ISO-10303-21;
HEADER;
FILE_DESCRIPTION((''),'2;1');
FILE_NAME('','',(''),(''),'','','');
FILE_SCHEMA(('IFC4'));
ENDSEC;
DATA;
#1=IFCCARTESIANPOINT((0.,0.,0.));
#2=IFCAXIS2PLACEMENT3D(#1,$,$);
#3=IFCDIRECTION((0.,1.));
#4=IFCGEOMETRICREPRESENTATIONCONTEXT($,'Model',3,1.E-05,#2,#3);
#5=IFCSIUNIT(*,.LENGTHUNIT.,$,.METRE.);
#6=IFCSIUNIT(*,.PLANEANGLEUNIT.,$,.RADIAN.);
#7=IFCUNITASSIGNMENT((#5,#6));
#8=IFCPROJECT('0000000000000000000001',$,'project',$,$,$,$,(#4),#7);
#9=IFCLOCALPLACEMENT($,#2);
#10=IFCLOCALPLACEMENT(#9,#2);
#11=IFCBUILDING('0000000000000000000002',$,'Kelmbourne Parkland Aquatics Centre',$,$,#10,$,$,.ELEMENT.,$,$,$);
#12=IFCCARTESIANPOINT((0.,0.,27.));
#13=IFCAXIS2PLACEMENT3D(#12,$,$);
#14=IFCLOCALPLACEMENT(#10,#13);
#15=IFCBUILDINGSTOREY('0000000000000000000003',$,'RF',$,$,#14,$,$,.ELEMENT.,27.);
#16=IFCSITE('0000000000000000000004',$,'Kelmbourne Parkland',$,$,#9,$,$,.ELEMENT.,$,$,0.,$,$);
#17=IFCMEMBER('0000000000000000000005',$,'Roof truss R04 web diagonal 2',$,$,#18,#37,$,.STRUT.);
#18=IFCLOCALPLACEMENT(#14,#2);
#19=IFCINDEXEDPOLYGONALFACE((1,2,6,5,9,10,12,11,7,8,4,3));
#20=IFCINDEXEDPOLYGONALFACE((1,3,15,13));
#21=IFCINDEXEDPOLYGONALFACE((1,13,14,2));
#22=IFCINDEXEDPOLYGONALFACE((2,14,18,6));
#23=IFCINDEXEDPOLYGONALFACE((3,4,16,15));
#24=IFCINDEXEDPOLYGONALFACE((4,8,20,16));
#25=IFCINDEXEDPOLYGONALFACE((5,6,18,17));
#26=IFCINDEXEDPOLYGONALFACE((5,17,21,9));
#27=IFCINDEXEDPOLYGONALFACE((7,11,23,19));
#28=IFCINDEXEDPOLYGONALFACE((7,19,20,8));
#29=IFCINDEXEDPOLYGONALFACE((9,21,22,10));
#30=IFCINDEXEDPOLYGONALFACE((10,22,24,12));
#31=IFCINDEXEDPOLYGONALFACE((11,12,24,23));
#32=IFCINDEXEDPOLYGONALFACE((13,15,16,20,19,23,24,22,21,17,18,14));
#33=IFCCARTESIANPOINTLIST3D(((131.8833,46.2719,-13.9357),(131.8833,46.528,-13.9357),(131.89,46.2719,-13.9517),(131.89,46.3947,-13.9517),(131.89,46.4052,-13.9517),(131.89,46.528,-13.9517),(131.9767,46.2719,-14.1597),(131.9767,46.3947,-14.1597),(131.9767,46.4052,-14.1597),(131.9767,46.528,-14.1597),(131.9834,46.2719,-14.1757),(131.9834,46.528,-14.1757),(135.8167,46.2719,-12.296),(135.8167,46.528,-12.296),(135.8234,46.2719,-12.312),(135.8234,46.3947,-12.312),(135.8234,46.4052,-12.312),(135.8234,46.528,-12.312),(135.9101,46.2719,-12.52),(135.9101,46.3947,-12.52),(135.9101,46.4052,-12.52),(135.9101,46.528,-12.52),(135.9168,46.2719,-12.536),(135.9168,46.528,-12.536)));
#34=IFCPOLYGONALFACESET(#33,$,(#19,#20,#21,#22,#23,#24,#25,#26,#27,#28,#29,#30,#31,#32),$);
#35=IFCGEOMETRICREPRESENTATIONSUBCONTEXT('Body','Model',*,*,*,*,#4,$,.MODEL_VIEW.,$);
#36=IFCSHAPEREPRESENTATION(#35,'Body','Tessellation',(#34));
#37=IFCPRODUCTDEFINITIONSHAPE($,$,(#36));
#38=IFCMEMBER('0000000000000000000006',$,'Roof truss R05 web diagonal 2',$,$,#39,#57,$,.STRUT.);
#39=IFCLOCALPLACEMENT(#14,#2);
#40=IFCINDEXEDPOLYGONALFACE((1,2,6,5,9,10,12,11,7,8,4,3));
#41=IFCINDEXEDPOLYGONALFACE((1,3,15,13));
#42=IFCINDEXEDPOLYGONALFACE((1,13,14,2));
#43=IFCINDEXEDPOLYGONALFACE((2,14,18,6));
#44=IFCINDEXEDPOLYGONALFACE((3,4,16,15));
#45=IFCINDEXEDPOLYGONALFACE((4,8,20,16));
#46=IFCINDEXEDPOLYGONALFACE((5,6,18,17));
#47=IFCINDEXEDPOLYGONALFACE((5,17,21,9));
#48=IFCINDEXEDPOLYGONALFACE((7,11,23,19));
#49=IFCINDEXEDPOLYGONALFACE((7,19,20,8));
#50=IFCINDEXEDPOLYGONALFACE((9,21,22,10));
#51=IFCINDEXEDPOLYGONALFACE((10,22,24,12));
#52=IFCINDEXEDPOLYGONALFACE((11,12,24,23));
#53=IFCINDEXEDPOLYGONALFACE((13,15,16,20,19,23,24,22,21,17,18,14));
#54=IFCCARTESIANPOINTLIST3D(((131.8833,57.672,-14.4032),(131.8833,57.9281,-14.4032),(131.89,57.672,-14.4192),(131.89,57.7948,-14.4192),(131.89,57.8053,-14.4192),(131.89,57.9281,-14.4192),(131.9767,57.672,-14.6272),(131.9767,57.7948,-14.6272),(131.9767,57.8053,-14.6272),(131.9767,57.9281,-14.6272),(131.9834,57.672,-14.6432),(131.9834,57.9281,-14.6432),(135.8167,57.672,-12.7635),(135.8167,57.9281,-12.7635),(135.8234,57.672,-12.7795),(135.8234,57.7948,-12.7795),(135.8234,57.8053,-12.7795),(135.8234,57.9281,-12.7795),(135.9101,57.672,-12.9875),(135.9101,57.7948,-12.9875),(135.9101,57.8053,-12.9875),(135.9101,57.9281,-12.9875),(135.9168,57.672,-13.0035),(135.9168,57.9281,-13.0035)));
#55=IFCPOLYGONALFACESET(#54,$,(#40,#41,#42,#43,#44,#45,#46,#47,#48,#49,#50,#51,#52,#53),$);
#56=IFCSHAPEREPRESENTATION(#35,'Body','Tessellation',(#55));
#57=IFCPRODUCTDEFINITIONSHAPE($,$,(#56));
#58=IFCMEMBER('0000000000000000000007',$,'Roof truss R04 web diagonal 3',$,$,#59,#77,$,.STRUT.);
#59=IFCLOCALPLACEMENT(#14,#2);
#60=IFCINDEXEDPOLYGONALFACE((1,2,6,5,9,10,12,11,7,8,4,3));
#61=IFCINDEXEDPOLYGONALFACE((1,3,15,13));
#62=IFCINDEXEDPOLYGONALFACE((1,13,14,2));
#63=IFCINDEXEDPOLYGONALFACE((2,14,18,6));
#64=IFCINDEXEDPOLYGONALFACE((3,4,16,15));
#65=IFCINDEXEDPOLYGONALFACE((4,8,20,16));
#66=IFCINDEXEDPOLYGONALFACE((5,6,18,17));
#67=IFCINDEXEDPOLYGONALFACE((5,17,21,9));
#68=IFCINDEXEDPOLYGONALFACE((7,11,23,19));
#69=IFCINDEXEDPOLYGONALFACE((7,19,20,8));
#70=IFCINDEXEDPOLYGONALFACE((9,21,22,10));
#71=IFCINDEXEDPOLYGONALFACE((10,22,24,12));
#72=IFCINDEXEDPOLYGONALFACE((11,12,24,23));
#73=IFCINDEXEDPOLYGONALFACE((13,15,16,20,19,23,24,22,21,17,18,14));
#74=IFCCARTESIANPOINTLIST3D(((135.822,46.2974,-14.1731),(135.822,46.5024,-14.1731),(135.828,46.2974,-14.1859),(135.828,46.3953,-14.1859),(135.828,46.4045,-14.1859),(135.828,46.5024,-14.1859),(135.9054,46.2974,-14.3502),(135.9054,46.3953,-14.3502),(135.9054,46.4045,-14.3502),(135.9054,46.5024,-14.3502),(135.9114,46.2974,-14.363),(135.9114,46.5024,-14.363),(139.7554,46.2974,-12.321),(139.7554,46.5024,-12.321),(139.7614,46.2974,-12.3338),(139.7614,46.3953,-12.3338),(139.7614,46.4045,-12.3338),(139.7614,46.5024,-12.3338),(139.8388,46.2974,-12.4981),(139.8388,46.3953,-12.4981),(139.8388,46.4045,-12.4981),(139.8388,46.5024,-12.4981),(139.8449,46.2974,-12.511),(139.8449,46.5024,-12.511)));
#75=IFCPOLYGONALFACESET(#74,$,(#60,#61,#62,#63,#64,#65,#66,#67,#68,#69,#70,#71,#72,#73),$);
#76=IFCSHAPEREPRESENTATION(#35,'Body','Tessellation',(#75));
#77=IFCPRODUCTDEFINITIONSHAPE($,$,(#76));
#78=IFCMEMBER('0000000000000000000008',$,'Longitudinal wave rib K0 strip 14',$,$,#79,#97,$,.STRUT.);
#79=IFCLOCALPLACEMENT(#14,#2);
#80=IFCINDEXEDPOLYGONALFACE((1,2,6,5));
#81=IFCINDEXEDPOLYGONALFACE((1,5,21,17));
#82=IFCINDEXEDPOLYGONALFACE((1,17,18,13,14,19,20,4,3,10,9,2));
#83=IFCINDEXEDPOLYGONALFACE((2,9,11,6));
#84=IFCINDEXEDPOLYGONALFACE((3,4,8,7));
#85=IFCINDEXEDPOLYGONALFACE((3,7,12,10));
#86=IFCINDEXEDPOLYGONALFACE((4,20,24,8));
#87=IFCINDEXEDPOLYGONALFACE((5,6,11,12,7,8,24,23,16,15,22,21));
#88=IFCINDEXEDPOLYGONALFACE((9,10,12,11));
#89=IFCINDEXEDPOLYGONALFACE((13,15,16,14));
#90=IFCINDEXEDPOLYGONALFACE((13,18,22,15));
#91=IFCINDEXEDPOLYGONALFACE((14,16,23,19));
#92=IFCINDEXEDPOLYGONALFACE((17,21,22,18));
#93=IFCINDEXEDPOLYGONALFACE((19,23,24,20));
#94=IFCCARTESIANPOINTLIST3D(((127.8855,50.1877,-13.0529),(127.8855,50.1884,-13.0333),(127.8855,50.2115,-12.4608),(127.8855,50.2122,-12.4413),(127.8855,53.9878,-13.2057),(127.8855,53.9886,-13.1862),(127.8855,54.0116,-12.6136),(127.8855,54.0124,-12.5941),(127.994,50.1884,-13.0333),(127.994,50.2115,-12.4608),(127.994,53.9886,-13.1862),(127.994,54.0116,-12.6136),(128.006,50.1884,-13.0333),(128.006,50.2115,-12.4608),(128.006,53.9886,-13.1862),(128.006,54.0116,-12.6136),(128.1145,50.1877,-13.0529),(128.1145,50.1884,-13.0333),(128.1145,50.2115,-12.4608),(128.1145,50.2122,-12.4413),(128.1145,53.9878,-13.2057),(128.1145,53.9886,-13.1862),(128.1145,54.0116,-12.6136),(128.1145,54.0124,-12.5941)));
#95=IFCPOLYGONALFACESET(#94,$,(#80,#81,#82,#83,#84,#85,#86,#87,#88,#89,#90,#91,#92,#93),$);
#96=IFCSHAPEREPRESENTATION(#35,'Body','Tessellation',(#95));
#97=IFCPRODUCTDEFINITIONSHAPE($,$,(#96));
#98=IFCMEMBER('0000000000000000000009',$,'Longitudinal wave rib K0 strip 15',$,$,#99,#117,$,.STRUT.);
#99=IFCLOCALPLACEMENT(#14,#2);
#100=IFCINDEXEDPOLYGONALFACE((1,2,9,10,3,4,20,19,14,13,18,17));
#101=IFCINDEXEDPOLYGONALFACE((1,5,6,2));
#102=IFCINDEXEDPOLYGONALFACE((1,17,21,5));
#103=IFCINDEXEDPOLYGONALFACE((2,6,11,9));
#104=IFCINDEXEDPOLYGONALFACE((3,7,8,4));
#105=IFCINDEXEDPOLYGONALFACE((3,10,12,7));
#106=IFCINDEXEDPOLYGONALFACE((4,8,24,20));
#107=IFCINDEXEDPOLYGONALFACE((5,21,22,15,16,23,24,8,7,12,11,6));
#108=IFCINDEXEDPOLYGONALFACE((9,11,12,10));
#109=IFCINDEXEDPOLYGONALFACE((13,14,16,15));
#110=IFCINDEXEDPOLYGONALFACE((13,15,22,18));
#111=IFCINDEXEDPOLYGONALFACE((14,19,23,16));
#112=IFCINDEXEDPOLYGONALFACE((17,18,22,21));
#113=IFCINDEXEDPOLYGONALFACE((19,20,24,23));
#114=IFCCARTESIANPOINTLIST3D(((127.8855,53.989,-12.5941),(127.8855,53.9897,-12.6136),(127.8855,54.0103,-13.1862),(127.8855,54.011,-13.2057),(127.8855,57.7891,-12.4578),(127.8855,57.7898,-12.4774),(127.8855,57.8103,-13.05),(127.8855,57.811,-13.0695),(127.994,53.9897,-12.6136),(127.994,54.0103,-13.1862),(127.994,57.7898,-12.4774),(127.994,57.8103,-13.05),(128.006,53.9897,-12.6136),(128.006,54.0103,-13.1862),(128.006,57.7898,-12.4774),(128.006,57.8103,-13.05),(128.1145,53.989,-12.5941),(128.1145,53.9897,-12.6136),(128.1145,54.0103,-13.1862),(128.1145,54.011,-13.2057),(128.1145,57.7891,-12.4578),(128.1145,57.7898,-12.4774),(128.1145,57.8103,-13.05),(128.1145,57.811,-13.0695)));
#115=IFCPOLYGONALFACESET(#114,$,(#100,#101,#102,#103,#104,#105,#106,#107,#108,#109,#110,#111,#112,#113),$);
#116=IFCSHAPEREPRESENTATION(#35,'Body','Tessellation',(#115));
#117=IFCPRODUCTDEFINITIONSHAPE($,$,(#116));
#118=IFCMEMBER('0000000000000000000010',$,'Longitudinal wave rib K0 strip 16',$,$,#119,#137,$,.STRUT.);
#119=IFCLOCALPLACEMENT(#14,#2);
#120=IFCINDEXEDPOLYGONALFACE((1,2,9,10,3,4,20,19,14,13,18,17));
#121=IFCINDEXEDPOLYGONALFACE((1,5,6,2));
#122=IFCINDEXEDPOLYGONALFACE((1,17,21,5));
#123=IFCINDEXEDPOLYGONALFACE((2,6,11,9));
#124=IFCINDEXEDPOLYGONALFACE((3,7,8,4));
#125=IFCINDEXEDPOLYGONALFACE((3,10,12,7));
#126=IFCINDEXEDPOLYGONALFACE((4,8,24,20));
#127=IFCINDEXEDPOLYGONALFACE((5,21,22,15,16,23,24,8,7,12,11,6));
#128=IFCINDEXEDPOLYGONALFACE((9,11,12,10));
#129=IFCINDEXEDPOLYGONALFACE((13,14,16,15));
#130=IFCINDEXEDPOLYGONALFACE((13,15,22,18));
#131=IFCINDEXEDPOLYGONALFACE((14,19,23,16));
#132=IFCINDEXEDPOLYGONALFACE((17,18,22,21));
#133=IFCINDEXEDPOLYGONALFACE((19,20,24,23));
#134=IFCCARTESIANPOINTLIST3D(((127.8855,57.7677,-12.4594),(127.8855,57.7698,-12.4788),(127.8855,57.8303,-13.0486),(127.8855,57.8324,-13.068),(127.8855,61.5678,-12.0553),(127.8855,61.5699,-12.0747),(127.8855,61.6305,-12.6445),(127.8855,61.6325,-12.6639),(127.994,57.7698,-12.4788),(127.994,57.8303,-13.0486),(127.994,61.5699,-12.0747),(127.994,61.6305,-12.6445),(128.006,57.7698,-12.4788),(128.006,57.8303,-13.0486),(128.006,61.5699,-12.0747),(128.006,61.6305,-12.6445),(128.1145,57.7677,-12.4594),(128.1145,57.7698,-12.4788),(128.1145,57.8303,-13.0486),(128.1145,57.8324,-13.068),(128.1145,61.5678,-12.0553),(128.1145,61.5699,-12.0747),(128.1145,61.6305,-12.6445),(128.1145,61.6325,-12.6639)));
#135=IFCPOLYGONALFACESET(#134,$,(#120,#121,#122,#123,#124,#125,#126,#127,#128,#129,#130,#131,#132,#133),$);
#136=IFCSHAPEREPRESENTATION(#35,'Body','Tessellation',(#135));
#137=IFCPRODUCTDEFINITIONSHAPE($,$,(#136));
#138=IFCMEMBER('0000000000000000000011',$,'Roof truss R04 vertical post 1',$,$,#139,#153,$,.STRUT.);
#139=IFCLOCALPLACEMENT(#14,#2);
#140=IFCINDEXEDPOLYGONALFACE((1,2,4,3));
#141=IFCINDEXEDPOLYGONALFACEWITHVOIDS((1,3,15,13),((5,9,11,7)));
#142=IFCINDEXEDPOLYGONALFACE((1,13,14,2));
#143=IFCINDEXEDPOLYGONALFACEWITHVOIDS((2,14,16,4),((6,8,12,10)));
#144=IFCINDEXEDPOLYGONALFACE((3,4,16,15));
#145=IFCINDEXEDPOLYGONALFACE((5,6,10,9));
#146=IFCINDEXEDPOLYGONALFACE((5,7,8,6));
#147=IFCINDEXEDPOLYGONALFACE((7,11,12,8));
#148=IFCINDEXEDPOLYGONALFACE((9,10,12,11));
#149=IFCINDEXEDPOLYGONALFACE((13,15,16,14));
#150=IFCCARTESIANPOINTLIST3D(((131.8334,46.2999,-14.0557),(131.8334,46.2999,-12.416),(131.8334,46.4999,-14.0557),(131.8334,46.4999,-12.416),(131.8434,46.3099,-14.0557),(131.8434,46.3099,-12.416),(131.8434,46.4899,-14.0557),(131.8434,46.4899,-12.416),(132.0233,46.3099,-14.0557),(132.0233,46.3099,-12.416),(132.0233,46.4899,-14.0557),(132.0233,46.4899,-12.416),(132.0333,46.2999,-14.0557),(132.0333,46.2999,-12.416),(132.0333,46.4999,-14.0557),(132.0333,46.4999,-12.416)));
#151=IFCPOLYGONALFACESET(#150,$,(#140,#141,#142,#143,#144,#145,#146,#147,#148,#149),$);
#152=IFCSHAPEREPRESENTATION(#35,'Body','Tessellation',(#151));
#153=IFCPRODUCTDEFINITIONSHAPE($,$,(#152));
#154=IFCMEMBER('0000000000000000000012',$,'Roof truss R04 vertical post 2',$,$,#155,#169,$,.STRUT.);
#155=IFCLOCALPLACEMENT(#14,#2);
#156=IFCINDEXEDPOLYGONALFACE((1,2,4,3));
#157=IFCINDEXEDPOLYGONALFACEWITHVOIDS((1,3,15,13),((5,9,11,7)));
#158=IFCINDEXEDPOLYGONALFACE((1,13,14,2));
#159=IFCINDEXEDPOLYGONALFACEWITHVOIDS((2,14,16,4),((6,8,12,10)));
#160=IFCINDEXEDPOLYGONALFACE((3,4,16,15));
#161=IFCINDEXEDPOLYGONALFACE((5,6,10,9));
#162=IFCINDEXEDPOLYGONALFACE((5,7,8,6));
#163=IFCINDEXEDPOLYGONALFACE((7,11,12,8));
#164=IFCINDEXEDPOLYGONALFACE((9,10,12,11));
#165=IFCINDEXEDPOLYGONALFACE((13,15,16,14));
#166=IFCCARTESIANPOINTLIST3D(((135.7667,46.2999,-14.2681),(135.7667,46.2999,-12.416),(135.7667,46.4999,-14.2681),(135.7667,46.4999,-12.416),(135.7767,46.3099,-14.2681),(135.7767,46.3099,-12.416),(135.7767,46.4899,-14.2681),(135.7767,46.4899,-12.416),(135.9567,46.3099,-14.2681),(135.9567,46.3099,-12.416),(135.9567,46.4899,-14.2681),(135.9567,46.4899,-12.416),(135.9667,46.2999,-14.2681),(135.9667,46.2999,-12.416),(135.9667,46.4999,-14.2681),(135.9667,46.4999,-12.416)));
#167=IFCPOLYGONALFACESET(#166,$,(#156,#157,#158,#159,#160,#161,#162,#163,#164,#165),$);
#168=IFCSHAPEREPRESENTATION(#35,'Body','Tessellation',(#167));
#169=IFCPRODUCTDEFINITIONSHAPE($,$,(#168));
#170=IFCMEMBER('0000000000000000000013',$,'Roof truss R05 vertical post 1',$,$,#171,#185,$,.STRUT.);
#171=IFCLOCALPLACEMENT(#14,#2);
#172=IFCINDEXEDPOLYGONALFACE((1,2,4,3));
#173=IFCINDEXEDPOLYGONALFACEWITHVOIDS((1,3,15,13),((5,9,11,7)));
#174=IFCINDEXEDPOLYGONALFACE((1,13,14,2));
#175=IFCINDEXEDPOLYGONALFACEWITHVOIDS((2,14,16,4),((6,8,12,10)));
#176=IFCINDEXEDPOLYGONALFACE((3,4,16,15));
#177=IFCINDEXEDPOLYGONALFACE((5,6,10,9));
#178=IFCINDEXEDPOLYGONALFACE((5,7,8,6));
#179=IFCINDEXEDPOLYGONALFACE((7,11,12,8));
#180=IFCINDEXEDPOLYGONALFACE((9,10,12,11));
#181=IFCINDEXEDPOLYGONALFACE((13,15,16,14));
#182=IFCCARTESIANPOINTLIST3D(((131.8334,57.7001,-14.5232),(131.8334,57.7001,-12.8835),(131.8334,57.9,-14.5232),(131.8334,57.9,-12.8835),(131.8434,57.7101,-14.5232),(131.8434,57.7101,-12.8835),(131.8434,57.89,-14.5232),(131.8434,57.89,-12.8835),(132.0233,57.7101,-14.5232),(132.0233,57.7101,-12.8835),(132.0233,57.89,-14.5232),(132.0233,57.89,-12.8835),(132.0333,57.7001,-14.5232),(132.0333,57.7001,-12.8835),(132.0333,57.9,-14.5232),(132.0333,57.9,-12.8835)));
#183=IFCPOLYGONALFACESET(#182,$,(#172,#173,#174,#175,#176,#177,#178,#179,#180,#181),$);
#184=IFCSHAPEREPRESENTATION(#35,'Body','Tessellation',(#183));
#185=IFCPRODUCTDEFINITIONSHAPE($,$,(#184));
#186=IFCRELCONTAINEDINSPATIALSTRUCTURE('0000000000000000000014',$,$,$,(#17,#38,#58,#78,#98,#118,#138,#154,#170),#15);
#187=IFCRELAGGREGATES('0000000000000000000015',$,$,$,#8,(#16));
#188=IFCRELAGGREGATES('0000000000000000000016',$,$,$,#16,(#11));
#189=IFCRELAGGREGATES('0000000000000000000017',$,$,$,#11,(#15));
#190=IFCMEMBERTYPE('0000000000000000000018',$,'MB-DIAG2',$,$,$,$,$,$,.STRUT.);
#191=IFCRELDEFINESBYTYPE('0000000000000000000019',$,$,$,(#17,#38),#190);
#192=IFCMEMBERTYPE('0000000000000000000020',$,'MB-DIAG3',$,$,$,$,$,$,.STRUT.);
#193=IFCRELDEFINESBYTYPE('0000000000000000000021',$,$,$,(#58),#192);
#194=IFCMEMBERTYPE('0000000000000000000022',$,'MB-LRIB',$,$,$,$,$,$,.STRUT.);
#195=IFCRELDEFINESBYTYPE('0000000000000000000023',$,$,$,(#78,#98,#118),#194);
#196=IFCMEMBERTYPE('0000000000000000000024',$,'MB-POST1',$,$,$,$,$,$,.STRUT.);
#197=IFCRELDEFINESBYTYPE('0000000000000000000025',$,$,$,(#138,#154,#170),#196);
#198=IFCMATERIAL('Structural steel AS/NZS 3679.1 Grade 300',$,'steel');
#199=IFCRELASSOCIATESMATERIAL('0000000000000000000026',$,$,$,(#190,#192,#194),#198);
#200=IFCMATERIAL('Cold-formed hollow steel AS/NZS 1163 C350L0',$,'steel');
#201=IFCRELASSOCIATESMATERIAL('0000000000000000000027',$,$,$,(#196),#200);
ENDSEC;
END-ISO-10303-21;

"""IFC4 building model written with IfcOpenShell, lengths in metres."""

from ifc_helpers import new_model, si_unit, direction, frame, origin, origin_2d, place, context, subcontext, project, spatial, hollow_rectangle, i_section, extrude, material, material_profile, profile_set, type_object, element, save


model = new_model("IFC4")

# Units and contexts
model_context = context("Model", 3, precision=1e-05, world=origin(), true_north=direction((0.0, 1.0)))
body_context = subcontext(model_context, "Body", "Model", "MODEL_VIEW")
ifc_project = project(units=[si_unit("LENGTHUNIT", "METRE"), si_unit("PLANEANGLEUNIT", "RADIAN")], contexts=[model_context])

# Site, building, storey
site_placement = place(None, origin())
site = spatial("IfcSite", under=ifc_project, at=site_placement, Name="Kelmbourne Parkland", CompositionType="ELEMENT", RefElevation=0.0)
building_placement = place(site_placement, origin())
building = spatial("IfcBuilding", under=site, at=building_placement, Name="Kelmbourne Parkland Aquatics Centre", CompositionType="ELEMENT")
storey_placement = place(building_placement, frame((0.0, 0.0, 27.0)))
storey = spatial("IfcBuildingStorey", under=building, at=storey_placement, Name="RF", CompositionType="ELEMENT", Elevation=27.0)

# Members
ifc_material_1 = material(Name="Structural steel AS/NZS 3679.1 Grade 300", Category="steel")
ifc_material_profile_1 = material_profile(ifc_material_1, i_section(OverallWidth=0.2561, OverallDepth=0.26, WebThickness=0.0105, FlangeThickness=0.0173, at=origin_2d()), Name="250UC89.5")
ifc_profile_set_1 = profile_set([ifc_material_profile_1], Name="Structural steel AS/NZS 3679.1 Grade 300")
member_type_1 = type_object("IfcMemberType", Name="MB-DIAG2", PredefinedType="STRUT", material=ifc_profile_set_1)
for number, where, z_axis, x_axis, name in (
    (1, (131.9333, 46.3999, -14.0557), (0.923014, 0.0, 0.384766), (0.0, 1.0, 0.0), "Roof truss R04 web diagonal 2"),
    (2, (131.9333, 57.8, -14.5232), (0.923014, 0.0, 0.384766), (0.0, 1.0, 0.0), "Roof truss R05 web diagonal 2"),
):
    element("IfcMember", number, at=place(storey_placement, frame(where, z_axis=z_axis, x_axis=x_axis)), inside=storey, type_object=member_type_1, Name=name, PredefinedType="STRUT", context=body_context, shape_type="SweptSolid", body=[
        extrude(i_section(OverallWidth=0.2561, OverallDepth=0.26, WebThickness=0.0105, FlangeThickness=0.0173, at=origin_2d()), origin(), (0.0, 0.0, 1.0), 4.2615),
    ])
ifc_material_profile_2 = material_profile(ifc_material_1, i_section(OverallWidth=0.2051, OverallDepth=0.21, WebThickness=0.0093, FlangeThickness=0.0142, at=origin_2d()), Name="200UC59.5")
ifc_profile_set_2 = profile_set([ifc_material_profile_2], Name="Structural steel AS/NZS 3679.1 Grade 300")
member_type_2 = type_object("IfcMemberType", Name="MB-DIAG3", PredefinedType="STRUT", material=ifc_profile_set_2)
member_1_placement = place(storey_placement, frame((135.8667, 46.3999, -14.2681), z_axis=(0.904725, 0.0, 0.425997), x_axis=(0.0, 1.0, 0.0)))
element("IfcMember", 3, at=member_1_placement, inside=storey, type_object=member_type_2, Name="Roof truss R04 web diagonal 3", PredefinedType="STRUT", context=body_context, shape_type="SweptSolid", body=[
    extrude(i_section(OverallWidth=0.2051, OverallDepth=0.21, WebThickness=0.0093, FlangeThickness=0.0142, at=origin_2d()), origin(), (0.0, 0.0, 1.0), 4.3477),
])
ifc_material_profile_3 = material_profile(ifc_material_1, i_section(OverallWidth=0.229, OverallDepth=0.6121, WebThickness=0.012, FlangeThickness=0.0195, at=origin_2d()), Name="610UB125")
ifc_profile_set_3 = profile_set([ifc_material_profile_3], Name="Structural steel AS/NZS 3679.1 Grade 300")
member_type_3 = type_object("IfcMemberType", Name="MB-LRIB", PredefinedType="STRUT", material=ifc_profile_set_3)
member_2_placement = place(storey_placement, frame((128.0, 50.2, -12.7471), z_axis=(0.0, 0.999192, -0.040186), x_axis=(-1.0, 0.0, 0.0)))
element("IfcMember", 4, at=member_2_placement, inside=storey, type_object=member_type_3, Name="Longitudinal wave rib K0 strip 14", PredefinedType="STRUT", context=body_context, shape_type="SweptSolid", body=[
    extrude(i_section(OverallWidth=0.229, OverallDepth=0.6121, WebThickness=0.012, FlangeThickness=0.0195, at=origin_2d()), origin(), (0.0, 0.0, 1.0), 3.8032),
])
member_3_placement = place(storey_placement, frame((128.0, 54.0, -12.8999), z_axis=(0.0, 0.999358, 0.035827), x_axis=(-1.0, 0.0, 0.0)))
element("IfcMember", 5, at=member_3_placement, inside=storey, type_object=member_type_3, Name="Longitudinal wave rib K0 strip 15", PredefinedType="STRUT", context=body_context, shape_type="SweptSolid", body=[
    extrude(i_section(OverallWidth=0.229, OverallDepth=0.6121, WebThickness=0.012, FlangeThickness=0.0195, at=origin_2d()), origin(), (0.0, 0.0, 1.0), 3.8025),
])
member_4_placement = place(storey_placement, frame((128.0, 57.8, -12.7637), z_axis=(0.0, 0.994395, 0.105732), x_axis=(-1.0, 0.0, 0.0)))
element("IfcMember", 6, at=member_4_placement, inside=storey, type_object=member_type_3, Name="Longitudinal wave rib K0 strip 16", PredefinedType="STRUT", context=body_context, shape_type="SweptSolid", body=[
    extrude(i_section(OverallWidth=0.229, OverallDepth=0.6121, WebThickness=0.012, FlangeThickness=0.0195, at=origin_2d()), origin(), (0.0, 0.0, 1.0), 3.8215),
])
ifc_material_2 = material(Name="Cold-formed hollow steel AS/NZS 1163 C350L0", Category="steel")
ifc_material_profile_4 = material_profile(ifc_material_2, hollow_rectangle(XDim=0.2, YDim=0.2, WallThickness=0.01, at=origin_2d()), Name="SHS 200x200x10.0")
ifc_profile_set_4 = profile_set([ifc_material_profile_4], Name="Cold-formed hollow steel AS/NZS 1163 C350L0")
member_type_4 = type_object("IfcMemberType", Name="MB-POST1", PredefinedType="STRUT", material=ifc_profile_set_4)
member_5_placement = place(storey_placement, frame((131.9333, 46.3999, -14.0557), z_axis=(0.0, 0.0, 1.0), x_axis=(1.0, 0.0, 0.0)))
element("IfcMember", 7, at=member_5_placement, inside=storey, type_object=member_type_4, Name="Roof truss R04 vertical post 1", PredefinedType="STRUT", context=body_context, shape_type="SweptSolid", body=[
    extrude(hollow_rectangle(XDim=0.2, YDim=0.2, WallThickness=0.01, at=origin_2d()), origin(), (0.0, 0.0, 1.0), 1.6396),
])
member_6_placement = place(storey_placement, frame((135.8667, 46.3999, -14.2681), z_axis=(0.0, 0.0, 1.0), x_axis=(1.0, 0.0, 0.0)))
element("IfcMember", 8, at=member_6_placement, inside=storey, type_object=member_type_4, Name="Roof truss R04 vertical post 2", PredefinedType="STRUT", context=body_context, shape_type="SweptSolid", body=[
    extrude(hollow_rectangle(XDim=0.2, YDim=0.2, WallThickness=0.01, at=origin_2d()), origin(), (0.0, 0.0, 1.0), 1.8521),
])
member_7_placement = place(storey_placement, frame((131.9333, 57.8, -14.5232), z_axis=(0.0, 0.0, 1.0), x_axis=(1.0, 0.0, 0.0)))
element("IfcMember", 9, at=member_7_placement, inside=storey, type_object=member_type_4, Name="Roof truss R05 vertical post 1", PredefinedType="STRUT", context=body_context, shape_type="SweptSolid", body=[
    extrude(hollow_rectangle(XDim=0.2, YDim=0.2, WallThickness=0.01, at=origin_2d()), origin(), (0.0, 0.0, 1.0), 1.6396),
])

save(model, "model.ifc")
